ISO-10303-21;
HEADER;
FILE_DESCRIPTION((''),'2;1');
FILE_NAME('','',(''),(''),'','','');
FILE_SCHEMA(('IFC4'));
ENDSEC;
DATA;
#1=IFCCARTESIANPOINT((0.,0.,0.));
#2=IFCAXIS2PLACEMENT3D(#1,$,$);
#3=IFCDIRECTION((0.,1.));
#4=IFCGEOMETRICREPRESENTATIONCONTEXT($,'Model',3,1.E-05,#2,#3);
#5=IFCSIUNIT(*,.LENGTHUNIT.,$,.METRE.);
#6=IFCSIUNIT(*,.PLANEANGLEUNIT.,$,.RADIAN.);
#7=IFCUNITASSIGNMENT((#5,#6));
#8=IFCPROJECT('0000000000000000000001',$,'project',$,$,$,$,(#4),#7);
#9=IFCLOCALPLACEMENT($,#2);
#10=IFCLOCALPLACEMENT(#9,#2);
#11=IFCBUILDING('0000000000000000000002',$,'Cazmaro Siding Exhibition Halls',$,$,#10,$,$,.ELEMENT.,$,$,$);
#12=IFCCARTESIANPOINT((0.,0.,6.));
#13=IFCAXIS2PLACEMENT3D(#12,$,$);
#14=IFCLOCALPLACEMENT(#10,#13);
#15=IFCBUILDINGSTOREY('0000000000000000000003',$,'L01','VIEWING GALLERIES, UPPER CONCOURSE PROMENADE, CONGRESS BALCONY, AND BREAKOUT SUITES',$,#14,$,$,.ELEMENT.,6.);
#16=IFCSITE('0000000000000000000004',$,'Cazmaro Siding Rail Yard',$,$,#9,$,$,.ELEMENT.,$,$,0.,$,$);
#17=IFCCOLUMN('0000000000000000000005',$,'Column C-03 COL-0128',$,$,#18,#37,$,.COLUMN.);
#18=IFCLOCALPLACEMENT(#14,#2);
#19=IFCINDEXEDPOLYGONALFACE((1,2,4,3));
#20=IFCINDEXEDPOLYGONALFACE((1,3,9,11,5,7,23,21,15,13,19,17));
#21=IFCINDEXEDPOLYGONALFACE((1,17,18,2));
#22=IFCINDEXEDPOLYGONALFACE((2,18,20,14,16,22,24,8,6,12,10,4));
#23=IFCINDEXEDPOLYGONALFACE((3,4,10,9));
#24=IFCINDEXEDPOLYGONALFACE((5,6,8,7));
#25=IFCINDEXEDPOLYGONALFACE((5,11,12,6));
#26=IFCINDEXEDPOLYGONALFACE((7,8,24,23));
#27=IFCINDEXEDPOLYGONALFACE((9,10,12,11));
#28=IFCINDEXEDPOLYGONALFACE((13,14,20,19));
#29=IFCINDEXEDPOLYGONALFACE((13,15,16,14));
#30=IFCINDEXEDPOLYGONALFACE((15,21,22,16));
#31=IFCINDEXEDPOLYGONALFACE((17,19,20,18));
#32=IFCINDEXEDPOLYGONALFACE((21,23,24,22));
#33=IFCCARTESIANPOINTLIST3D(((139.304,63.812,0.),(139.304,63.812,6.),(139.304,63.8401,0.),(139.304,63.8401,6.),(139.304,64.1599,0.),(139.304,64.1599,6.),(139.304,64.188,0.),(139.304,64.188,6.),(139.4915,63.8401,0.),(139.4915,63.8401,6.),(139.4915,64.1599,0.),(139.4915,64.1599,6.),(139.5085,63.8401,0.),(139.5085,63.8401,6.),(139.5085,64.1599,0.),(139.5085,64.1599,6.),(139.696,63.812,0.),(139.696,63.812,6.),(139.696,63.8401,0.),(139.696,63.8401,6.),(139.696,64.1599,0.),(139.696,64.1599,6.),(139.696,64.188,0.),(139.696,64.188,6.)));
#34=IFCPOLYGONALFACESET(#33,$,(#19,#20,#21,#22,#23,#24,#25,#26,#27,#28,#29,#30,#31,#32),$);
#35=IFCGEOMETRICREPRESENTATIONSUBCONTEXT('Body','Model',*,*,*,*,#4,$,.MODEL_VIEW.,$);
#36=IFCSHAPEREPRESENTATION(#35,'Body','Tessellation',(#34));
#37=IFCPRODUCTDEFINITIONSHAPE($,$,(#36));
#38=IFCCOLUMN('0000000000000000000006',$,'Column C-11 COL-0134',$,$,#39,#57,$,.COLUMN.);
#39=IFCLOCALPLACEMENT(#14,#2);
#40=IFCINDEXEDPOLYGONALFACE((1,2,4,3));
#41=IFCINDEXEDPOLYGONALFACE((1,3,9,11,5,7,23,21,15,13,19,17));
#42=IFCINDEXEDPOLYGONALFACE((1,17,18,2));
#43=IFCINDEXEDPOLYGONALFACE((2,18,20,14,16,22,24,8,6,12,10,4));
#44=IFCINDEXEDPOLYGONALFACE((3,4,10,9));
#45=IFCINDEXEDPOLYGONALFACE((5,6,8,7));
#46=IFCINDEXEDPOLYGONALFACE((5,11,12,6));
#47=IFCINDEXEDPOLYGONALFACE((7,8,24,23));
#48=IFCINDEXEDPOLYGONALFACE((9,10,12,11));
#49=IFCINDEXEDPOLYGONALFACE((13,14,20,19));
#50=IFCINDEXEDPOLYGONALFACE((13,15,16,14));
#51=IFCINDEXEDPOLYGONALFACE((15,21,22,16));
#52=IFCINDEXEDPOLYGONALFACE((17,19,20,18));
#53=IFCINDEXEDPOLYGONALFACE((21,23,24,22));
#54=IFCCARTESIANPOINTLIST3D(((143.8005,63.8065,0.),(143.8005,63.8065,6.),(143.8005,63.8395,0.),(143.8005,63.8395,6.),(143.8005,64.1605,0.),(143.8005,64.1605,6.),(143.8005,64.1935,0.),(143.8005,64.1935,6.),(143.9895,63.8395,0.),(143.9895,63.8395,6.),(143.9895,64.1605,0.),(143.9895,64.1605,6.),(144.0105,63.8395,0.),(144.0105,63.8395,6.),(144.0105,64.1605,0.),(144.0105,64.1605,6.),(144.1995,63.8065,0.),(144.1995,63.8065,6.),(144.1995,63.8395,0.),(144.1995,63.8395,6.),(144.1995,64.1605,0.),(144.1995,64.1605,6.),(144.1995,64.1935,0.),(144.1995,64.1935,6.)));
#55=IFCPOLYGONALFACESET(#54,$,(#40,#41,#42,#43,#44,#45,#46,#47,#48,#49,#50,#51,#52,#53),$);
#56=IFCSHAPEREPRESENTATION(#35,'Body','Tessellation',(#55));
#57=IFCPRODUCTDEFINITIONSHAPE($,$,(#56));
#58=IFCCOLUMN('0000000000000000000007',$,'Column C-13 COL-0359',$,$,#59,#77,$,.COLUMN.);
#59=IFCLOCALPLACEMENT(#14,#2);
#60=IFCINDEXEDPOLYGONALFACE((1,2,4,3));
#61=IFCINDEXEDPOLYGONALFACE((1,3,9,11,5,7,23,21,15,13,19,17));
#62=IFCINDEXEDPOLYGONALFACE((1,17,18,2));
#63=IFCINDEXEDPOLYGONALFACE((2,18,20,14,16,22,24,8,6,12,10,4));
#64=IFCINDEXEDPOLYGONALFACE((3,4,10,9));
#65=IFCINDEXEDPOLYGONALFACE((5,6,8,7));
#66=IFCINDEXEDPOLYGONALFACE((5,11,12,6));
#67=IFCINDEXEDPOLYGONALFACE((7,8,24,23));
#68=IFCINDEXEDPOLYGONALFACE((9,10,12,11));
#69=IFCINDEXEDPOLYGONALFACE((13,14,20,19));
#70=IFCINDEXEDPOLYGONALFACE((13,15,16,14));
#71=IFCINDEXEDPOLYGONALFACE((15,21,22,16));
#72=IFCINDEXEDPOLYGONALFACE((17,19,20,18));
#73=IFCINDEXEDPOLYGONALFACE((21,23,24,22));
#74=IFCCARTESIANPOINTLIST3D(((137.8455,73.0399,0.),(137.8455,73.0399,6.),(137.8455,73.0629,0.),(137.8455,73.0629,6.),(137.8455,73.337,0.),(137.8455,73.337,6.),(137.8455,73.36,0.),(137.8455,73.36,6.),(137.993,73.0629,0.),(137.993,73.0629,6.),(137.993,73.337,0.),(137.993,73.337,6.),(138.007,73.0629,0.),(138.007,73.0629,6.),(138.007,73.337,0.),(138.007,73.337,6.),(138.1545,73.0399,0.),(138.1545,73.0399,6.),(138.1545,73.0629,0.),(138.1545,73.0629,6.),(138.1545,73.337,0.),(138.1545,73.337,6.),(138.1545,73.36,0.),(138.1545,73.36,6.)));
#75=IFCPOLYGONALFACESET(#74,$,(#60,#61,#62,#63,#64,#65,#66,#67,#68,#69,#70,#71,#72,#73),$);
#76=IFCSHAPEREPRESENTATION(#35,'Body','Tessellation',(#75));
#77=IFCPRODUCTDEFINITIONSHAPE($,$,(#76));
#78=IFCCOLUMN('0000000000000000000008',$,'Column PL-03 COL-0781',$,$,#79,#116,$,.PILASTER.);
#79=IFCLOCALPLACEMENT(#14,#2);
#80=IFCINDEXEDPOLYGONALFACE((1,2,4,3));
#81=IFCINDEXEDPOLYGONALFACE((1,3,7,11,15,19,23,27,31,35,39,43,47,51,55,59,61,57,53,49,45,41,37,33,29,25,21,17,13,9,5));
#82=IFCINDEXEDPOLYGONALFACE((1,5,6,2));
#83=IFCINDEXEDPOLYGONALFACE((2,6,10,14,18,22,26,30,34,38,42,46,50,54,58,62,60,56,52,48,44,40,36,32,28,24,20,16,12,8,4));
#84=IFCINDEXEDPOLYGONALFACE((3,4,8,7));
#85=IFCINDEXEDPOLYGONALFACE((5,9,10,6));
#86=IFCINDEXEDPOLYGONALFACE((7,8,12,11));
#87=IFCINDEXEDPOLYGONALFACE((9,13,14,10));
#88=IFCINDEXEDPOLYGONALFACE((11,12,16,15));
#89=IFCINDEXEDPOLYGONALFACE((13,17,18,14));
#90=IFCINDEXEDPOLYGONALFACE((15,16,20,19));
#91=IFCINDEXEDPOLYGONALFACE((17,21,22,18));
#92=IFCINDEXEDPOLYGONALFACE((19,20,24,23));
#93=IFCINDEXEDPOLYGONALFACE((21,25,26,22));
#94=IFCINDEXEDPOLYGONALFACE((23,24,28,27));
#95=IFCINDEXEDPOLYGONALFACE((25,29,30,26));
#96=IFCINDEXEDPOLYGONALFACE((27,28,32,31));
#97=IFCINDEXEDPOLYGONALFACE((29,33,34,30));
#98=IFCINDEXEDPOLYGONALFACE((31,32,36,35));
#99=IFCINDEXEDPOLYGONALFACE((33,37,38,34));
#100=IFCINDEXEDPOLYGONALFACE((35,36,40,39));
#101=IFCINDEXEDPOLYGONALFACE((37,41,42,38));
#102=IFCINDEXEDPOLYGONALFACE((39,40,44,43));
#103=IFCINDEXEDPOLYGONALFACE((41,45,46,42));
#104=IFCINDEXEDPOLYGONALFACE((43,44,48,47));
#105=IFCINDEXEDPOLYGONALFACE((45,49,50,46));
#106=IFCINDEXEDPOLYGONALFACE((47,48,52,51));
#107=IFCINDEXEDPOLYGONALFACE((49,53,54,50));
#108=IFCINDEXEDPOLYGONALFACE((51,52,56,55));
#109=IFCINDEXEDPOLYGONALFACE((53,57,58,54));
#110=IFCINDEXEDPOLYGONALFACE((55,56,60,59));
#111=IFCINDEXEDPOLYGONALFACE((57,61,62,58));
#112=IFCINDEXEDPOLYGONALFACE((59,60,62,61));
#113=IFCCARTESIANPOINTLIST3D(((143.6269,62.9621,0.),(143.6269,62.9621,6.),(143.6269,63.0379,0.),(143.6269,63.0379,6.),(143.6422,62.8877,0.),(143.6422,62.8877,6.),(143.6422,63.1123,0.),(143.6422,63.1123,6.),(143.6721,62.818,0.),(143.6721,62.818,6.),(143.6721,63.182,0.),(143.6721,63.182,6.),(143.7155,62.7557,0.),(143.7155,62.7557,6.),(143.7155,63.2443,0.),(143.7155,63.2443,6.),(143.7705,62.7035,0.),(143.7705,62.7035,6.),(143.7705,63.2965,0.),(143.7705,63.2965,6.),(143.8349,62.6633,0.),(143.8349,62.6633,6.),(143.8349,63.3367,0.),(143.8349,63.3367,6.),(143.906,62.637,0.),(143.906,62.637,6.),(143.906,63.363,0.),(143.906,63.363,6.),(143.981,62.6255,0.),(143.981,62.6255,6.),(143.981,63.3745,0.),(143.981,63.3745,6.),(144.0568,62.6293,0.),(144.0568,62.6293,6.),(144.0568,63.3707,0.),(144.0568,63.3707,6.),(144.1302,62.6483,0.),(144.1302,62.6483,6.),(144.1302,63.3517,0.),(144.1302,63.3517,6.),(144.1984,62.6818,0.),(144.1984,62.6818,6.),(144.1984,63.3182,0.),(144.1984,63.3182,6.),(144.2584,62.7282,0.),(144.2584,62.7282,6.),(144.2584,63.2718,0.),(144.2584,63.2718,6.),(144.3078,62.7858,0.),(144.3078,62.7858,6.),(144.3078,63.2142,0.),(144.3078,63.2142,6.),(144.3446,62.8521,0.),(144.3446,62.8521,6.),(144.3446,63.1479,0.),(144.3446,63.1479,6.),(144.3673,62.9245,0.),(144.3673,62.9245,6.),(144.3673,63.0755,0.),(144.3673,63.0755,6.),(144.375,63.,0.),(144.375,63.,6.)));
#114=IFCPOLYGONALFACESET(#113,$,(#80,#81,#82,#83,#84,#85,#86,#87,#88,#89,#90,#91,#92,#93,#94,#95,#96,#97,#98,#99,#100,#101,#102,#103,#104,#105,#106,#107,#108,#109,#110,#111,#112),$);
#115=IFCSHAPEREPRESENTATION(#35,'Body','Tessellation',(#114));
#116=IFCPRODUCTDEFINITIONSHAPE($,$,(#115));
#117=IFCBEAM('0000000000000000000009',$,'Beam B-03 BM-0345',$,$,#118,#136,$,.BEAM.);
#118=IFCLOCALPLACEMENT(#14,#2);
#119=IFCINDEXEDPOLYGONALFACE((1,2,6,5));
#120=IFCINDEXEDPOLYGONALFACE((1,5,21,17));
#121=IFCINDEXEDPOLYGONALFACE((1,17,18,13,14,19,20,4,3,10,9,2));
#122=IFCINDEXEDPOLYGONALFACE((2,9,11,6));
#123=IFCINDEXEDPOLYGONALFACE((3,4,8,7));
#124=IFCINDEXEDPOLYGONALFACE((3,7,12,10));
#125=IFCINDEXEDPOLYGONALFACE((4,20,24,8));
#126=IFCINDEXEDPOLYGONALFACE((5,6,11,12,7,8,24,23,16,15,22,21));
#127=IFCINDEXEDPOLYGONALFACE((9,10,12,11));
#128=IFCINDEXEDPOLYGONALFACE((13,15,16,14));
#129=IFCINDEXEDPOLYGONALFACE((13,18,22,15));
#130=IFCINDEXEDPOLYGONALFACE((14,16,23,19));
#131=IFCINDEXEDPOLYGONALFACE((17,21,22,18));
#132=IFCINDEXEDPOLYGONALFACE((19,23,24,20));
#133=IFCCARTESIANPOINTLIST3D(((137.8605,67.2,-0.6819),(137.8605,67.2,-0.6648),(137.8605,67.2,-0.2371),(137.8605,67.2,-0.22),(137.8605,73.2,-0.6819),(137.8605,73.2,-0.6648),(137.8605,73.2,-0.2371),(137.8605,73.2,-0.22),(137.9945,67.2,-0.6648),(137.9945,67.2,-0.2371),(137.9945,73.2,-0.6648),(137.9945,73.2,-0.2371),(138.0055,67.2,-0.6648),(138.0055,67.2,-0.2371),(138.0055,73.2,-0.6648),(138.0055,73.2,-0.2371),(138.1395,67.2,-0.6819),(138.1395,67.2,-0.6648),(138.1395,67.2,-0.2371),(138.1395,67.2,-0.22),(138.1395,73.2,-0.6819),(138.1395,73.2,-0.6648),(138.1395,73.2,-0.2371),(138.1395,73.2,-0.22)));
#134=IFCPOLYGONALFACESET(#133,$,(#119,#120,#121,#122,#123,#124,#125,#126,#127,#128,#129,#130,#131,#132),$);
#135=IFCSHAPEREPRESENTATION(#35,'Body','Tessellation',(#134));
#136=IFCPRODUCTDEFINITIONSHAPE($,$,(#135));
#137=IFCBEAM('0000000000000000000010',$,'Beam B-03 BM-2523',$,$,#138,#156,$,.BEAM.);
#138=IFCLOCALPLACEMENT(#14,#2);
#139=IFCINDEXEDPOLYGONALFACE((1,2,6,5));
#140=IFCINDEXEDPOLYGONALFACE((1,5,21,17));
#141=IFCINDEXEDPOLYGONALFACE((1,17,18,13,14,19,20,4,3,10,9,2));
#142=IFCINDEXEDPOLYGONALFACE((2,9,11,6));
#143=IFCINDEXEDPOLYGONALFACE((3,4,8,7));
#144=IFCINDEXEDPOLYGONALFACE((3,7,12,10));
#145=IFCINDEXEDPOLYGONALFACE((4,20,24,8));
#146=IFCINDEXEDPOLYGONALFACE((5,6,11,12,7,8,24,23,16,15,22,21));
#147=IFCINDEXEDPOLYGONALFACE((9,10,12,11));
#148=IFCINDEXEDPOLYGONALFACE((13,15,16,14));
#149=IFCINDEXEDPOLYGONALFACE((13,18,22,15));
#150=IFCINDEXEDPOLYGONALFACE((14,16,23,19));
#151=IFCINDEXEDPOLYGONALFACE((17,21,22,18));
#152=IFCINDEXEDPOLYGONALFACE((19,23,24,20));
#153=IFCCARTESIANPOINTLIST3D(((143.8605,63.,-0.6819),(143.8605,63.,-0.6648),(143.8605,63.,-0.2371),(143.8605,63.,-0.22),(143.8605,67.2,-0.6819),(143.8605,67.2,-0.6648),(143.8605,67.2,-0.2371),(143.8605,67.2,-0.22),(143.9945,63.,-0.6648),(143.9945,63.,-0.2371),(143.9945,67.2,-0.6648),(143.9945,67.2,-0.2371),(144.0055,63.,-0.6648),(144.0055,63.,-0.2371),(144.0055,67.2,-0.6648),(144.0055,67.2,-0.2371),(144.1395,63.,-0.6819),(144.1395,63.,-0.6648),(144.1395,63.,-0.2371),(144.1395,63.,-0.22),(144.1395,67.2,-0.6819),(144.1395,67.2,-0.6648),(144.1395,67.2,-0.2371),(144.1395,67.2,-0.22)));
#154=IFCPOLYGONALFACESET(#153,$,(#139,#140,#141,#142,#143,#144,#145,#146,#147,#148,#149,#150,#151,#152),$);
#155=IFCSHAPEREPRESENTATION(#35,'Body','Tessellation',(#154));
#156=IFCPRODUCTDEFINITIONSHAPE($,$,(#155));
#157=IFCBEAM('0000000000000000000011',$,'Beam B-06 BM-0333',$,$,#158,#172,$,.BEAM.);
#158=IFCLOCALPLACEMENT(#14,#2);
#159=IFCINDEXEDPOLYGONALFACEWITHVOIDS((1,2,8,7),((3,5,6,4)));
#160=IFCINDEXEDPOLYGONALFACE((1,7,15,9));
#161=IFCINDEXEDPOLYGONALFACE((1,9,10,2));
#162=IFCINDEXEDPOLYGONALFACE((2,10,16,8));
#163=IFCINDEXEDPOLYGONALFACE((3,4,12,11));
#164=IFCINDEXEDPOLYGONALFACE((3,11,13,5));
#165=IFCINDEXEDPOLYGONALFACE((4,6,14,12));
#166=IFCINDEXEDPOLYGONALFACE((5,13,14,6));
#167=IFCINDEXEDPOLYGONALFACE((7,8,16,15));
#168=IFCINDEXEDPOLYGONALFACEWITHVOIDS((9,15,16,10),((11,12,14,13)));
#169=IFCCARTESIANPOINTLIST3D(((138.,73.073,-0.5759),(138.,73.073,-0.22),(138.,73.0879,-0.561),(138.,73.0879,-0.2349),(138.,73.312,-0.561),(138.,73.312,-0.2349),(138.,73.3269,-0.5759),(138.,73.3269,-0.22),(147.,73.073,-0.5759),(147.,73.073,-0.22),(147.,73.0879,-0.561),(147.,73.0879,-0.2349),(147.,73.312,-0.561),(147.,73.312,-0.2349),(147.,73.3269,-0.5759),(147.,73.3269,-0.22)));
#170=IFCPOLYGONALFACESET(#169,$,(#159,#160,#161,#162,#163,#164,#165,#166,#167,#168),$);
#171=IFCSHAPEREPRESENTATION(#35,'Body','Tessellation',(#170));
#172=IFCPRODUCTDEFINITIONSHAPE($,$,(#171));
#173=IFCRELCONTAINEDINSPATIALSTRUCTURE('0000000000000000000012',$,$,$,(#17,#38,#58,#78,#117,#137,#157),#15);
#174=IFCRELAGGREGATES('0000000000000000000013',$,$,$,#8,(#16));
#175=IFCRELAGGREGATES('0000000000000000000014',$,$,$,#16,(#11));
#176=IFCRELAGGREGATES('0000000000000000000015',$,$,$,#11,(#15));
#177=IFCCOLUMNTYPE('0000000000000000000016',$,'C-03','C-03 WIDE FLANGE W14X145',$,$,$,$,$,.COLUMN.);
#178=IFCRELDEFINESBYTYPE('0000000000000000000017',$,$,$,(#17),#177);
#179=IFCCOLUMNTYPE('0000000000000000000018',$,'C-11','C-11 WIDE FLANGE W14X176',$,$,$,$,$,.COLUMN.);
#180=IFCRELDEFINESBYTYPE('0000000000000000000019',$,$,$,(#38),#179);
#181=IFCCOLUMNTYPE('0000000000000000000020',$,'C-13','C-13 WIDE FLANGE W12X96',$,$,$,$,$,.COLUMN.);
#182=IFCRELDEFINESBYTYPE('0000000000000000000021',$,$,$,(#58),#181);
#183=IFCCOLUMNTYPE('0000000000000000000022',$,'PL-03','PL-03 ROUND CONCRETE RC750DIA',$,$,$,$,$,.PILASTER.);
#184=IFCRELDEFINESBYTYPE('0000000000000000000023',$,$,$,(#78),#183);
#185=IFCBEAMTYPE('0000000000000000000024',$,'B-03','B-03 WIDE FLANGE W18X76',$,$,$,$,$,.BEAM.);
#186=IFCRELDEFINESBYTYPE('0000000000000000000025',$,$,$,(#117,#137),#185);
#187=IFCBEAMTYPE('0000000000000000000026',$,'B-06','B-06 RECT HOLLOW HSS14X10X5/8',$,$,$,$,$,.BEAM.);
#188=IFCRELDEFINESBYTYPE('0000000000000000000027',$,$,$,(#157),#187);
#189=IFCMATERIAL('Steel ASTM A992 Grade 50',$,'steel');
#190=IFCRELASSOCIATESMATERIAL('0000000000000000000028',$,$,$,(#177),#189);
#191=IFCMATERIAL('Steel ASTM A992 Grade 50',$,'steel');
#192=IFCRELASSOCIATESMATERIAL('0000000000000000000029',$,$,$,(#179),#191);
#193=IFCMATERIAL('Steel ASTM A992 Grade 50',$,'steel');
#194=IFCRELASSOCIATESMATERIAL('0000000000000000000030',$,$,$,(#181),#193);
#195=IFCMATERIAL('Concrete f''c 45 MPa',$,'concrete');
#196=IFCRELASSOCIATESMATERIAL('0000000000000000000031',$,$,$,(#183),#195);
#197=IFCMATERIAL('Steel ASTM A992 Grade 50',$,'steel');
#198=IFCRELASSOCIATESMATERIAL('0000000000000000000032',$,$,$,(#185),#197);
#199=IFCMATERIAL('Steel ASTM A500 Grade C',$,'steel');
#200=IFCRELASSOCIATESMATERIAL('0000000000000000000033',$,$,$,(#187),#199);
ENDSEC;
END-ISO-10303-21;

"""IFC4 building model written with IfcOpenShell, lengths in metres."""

from ifc_helpers import new_model, si_unit, direction, frame, origin, origin_2d, place, context, subcontext, project, spatial, hollow_rectangle, circle, i_section, extrude, material, material_profile, profile_set, type_object, element, save


model = new_model("IFC4")

# Units and contexts
model_context = context("Model", 3, precision=1e-05, world=origin(), true_north=direction((0.0, 1.0)))
body_context = subcontext(model_context, "Body", "Model", "MODEL_VIEW")
ifc_project = project(units=[si_unit("LENGTHUNIT", "METRE"), si_unit("PLANEANGLEUNIT", "RADIAN")], contexts=[model_context])

# Site, building, storey
site_placement = place(None, origin())
site = spatial("IfcSite", under=ifc_project, at=site_placement, Name="Cazmaro Siding Rail Yard", CompositionType="ELEMENT", RefElevation=0.0)
building_placement = place(site_placement, origin())
building = spatial("IfcBuilding", under=site, at=building_placement, Name="Cazmaro Siding Exhibition Halls", CompositionType="ELEMENT")
storey_placement = place(building_placement, frame((0.0, 0.0, 6.0)))
storey = spatial("IfcBuildingStorey", under=building, at=storey_placement, Name="L01", Description="VIEWING GALLERIES, UPPER CONCOURSE PROMENADE, CONGRESS BALCONY, AND BREAKOUT SUITES", CompositionType="ELEMENT", Elevation=6.0)

# Columns
ifc_material_1 = material(Name="Steel ASTM A992 Grade 50", Category="steel")
ifc_material_profile_1 = material_profile(ifc_material_1, i_section(OverallWidth=0.3921, OverallDepth=0.376, WebThickness=0.0171, FlangeThickness=0.0281, at=origin_2d()), Name="W14X145")
ifc_profile_set_1 = profile_set([ifc_material_profile_1], Name="Steel ASTM A992 Grade 50")
column_type_1 = type_object("IfcColumnType", Name="C-03", Description="C-03 WIDE FLANGE W14X145", PredefinedType="COLUMN", material=ifc_profile_set_1)
column_1_placement = place(storey_placement, frame((139.5, 64.0, 0.0), z_axis=(0.0, 0.0, 1.0), x_axis=(1.0, 0.0, 0.0)))
element("IfcColumn", 1, at=column_1_placement, inside=storey, type_object=column_type_1, Name="Column C-03 COL-0128", PredefinedType="COLUMN", context=body_context, shape_type="SweptSolid", body=[
    extrude(i_section(OverallWidth=0.3921, OverallDepth=0.376, WebThickness=0.0171, FlangeThickness=0.0281, at=origin_2d()), origin(), (0.0, 0.0, 1.0), 6.0),
])
ifc_material_2 = material(Name="Steel ASTM A992 Grade 50", Category="steel")
ifc_material_profile_2 = material_profile(ifc_material_2, i_section(OverallWidth=0.3989, OverallDepth=0.387, WebThickness=0.021, FlangeThickness=0.033, at=origin_2d()), Name="W14X176")
ifc_profile_set_2 = profile_set([ifc_material_profile_2], Name="Steel ASTM A992 Grade 50")
column_type_2 = type_object("IfcColumnType", Name="C-11", Description="C-11 WIDE FLANGE W14X176", PredefinedType="COLUMN", material=ifc_profile_set_2)
column_2_placement = place(storey_placement, frame((144.0, 64.0, 0.0), z_axis=(0.0, 0.0, 1.0), x_axis=(1.0, 0.0, 0.0)))
element("IfcColumn", 2, at=column_2_placement, inside=storey, type_object=column_type_2, Name="Column C-11 COL-0134", PredefinedType="COLUMN", context=body_context, shape_type="SweptSolid", body=[
    extrude(i_section(OverallWidth=0.3989, OverallDepth=0.387, WebThickness=0.021, FlangeThickness=0.033, at=origin_2d()), origin(), (0.0, 0.0, 1.0), 6.0),
])
ifc_material_3 = material(Name="Steel ASTM A992 Grade 50", Category="steel")
ifc_material_profile_3 = material_profile(ifc_material_3, i_section(OverallWidth=0.3091, OverallDepth=0.3201, WebThickness=0.0139, FlangeThickness=0.0229, at=origin_2d()), Name="W12X96")
ifc_profile_set_3 = profile_set([ifc_material_profile_3], Name="Steel ASTM A992 Grade 50")
column_type_3 = type_object("IfcColumnType", Name="C-13", Description="C-13 WIDE FLANGE W12X96", PredefinedType="COLUMN", material=ifc_profile_set_3)
column_3_placement = place(storey_placement, frame((138.0, 73.2, 0.0), z_axis=(0.0, 0.0, 1.0), x_axis=(1.0, 0.0, 0.0)))
element("IfcColumn", 3, at=column_3_placement, inside=storey, type_object=column_type_3, Name="Column C-13 COL-0359", PredefinedType="COLUMN", context=body_context, shape_type="SweptSolid", body=[
    extrude(i_section(OverallWidth=0.3091, OverallDepth=0.3201, WebThickness=0.0139, FlangeThickness=0.0229, at=origin_2d()), origin(), (0.0, 0.0, 1.0), 6.0),
])
ifc_material_4 = material(Name="Concrete f'c 45 MPa", Category="concrete")
ifc_material_profile_4 = material_profile(ifc_material_4, circle(Radius=0.375, at=origin_2d()), Name="RC750DIA")
ifc_profile_set_4 = profile_set([ifc_material_profile_4], Name="Concrete f'c 45 MPa")
column_type_4 = type_object("IfcColumnType", Name="PL-03", Description="PL-03 ROUND CONCRETE RC750DIA", PredefinedType="PILASTER", material=ifc_profile_set_4)
column_4_placement = place(storey_placement, frame((144.0, 63.0, 0.0), z_axis=(0.0, 0.0, 1.0), x_axis=(1.0, 0.0, 0.0)))
element("IfcColumn", 4, at=column_4_placement, inside=storey, type_object=column_type_4, Name="Column PL-03 COL-0781", PredefinedType="PILASTER", context=body_context, shape_type="SweptSolid", body=[
    extrude(circle(Radius=0.375, at=origin_2d()), origin(), (0.0, 0.0, 1.0), 6.0),
])

# Beams
ifc_material_5 = material(Name="Steel ASTM A992 Grade 50", Category="steel")
ifc_material_profile_5 = material_profile(ifc_material_5, i_section(OverallWidth=0.2791, OverallDepth=0.4619, WebThickness=0.011, FlangeThickness=0.0171, at=origin_2d()), Name="W18X76")
ifc_profile_set_5 = profile_set([ifc_material_profile_5], Name="Steel ASTM A992 Grade 50")
beam_type_1 = type_object("IfcBeamType", Name="B-03", Description="B-03 WIDE FLANGE W18X76", PredefinedType="BEAM", material=ifc_profile_set_5)
beam_1_placement = place(storey_placement, frame((138.0, 67.2, -0.4509), z_axis=(0.0, 1.0, 0.0), x_axis=(-1.0, 0.0, 0.0)))
element("IfcBeam", 5, at=beam_1_placement, inside=storey, type_object=beam_type_1, Name="Beam B-03 BM-0345", PredefinedType="BEAM", context=body_context, shape_type="SweptSolid", body=[
    extrude(i_section(OverallWidth=0.2791, OverallDepth=0.4619, WebThickness=0.011, FlangeThickness=0.0171, at=origin_2d()), origin(), (0.0, 0.0, 1.0), 6.0),
])
beam_2_placement = place(storey_placement, frame((144.0, 63.0, -0.4509), z_axis=(0.0, 1.0, 0.0), x_axis=(-1.0, 0.0, 0.0)))
element("IfcBeam", 6, at=beam_2_placement, inside=storey, type_object=beam_type_1, Name="Beam B-03 BM-2523", PredefinedType="BEAM", context=body_context, shape_type="SweptSolid", body=[
    extrude(i_section(OverallWidth=0.2791, OverallDepth=0.4619, WebThickness=0.011, FlangeThickness=0.0171, at=origin_2d()), origin(), (0.0, 0.0, 1.0), 4.2),
])
ifc_material_6 = material(Name="Steel ASTM A500 Grade C", Category="steel")
ifc_material_profile_6 = material_profile(ifc_material_6, hollow_rectangle(XDim=0.2539, YDim=0.356, WallThickness=0.0149, at=origin_2d()), Name="HSS14X10X5/8")
ifc_profile_set_6 = profile_set([ifc_material_profile_6], Name="Steel ASTM A500 Grade C")
beam_type_2 = type_object("IfcBeamType", Name="B-06", Description="B-06 RECT HOLLOW HSS14X10X5/8", PredefinedType="BEAM", material=ifc_profile_set_6)
beam_3_placement = place(storey_placement, frame((138.0, 73.2, -0.3979), z_axis=(1.0, 0.0, 0.0), x_axis=(0.0, 1.0, 0.0)))
element("IfcBeam", 7, at=beam_3_placement, inside=storey, type_object=beam_type_2, Name="Beam B-06 BM-0333", PredefinedType="BEAM", context=body_context, shape_type="SweptSolid", body=[
    extrude(hollow_rectangle(XDim=0.2539, YDim=0.356, WallThickness=0.0149, at=origin_2d()), origin(), (0.0, 0.0, 1.0), 9.0),
])

save(model, "model.ifc")
